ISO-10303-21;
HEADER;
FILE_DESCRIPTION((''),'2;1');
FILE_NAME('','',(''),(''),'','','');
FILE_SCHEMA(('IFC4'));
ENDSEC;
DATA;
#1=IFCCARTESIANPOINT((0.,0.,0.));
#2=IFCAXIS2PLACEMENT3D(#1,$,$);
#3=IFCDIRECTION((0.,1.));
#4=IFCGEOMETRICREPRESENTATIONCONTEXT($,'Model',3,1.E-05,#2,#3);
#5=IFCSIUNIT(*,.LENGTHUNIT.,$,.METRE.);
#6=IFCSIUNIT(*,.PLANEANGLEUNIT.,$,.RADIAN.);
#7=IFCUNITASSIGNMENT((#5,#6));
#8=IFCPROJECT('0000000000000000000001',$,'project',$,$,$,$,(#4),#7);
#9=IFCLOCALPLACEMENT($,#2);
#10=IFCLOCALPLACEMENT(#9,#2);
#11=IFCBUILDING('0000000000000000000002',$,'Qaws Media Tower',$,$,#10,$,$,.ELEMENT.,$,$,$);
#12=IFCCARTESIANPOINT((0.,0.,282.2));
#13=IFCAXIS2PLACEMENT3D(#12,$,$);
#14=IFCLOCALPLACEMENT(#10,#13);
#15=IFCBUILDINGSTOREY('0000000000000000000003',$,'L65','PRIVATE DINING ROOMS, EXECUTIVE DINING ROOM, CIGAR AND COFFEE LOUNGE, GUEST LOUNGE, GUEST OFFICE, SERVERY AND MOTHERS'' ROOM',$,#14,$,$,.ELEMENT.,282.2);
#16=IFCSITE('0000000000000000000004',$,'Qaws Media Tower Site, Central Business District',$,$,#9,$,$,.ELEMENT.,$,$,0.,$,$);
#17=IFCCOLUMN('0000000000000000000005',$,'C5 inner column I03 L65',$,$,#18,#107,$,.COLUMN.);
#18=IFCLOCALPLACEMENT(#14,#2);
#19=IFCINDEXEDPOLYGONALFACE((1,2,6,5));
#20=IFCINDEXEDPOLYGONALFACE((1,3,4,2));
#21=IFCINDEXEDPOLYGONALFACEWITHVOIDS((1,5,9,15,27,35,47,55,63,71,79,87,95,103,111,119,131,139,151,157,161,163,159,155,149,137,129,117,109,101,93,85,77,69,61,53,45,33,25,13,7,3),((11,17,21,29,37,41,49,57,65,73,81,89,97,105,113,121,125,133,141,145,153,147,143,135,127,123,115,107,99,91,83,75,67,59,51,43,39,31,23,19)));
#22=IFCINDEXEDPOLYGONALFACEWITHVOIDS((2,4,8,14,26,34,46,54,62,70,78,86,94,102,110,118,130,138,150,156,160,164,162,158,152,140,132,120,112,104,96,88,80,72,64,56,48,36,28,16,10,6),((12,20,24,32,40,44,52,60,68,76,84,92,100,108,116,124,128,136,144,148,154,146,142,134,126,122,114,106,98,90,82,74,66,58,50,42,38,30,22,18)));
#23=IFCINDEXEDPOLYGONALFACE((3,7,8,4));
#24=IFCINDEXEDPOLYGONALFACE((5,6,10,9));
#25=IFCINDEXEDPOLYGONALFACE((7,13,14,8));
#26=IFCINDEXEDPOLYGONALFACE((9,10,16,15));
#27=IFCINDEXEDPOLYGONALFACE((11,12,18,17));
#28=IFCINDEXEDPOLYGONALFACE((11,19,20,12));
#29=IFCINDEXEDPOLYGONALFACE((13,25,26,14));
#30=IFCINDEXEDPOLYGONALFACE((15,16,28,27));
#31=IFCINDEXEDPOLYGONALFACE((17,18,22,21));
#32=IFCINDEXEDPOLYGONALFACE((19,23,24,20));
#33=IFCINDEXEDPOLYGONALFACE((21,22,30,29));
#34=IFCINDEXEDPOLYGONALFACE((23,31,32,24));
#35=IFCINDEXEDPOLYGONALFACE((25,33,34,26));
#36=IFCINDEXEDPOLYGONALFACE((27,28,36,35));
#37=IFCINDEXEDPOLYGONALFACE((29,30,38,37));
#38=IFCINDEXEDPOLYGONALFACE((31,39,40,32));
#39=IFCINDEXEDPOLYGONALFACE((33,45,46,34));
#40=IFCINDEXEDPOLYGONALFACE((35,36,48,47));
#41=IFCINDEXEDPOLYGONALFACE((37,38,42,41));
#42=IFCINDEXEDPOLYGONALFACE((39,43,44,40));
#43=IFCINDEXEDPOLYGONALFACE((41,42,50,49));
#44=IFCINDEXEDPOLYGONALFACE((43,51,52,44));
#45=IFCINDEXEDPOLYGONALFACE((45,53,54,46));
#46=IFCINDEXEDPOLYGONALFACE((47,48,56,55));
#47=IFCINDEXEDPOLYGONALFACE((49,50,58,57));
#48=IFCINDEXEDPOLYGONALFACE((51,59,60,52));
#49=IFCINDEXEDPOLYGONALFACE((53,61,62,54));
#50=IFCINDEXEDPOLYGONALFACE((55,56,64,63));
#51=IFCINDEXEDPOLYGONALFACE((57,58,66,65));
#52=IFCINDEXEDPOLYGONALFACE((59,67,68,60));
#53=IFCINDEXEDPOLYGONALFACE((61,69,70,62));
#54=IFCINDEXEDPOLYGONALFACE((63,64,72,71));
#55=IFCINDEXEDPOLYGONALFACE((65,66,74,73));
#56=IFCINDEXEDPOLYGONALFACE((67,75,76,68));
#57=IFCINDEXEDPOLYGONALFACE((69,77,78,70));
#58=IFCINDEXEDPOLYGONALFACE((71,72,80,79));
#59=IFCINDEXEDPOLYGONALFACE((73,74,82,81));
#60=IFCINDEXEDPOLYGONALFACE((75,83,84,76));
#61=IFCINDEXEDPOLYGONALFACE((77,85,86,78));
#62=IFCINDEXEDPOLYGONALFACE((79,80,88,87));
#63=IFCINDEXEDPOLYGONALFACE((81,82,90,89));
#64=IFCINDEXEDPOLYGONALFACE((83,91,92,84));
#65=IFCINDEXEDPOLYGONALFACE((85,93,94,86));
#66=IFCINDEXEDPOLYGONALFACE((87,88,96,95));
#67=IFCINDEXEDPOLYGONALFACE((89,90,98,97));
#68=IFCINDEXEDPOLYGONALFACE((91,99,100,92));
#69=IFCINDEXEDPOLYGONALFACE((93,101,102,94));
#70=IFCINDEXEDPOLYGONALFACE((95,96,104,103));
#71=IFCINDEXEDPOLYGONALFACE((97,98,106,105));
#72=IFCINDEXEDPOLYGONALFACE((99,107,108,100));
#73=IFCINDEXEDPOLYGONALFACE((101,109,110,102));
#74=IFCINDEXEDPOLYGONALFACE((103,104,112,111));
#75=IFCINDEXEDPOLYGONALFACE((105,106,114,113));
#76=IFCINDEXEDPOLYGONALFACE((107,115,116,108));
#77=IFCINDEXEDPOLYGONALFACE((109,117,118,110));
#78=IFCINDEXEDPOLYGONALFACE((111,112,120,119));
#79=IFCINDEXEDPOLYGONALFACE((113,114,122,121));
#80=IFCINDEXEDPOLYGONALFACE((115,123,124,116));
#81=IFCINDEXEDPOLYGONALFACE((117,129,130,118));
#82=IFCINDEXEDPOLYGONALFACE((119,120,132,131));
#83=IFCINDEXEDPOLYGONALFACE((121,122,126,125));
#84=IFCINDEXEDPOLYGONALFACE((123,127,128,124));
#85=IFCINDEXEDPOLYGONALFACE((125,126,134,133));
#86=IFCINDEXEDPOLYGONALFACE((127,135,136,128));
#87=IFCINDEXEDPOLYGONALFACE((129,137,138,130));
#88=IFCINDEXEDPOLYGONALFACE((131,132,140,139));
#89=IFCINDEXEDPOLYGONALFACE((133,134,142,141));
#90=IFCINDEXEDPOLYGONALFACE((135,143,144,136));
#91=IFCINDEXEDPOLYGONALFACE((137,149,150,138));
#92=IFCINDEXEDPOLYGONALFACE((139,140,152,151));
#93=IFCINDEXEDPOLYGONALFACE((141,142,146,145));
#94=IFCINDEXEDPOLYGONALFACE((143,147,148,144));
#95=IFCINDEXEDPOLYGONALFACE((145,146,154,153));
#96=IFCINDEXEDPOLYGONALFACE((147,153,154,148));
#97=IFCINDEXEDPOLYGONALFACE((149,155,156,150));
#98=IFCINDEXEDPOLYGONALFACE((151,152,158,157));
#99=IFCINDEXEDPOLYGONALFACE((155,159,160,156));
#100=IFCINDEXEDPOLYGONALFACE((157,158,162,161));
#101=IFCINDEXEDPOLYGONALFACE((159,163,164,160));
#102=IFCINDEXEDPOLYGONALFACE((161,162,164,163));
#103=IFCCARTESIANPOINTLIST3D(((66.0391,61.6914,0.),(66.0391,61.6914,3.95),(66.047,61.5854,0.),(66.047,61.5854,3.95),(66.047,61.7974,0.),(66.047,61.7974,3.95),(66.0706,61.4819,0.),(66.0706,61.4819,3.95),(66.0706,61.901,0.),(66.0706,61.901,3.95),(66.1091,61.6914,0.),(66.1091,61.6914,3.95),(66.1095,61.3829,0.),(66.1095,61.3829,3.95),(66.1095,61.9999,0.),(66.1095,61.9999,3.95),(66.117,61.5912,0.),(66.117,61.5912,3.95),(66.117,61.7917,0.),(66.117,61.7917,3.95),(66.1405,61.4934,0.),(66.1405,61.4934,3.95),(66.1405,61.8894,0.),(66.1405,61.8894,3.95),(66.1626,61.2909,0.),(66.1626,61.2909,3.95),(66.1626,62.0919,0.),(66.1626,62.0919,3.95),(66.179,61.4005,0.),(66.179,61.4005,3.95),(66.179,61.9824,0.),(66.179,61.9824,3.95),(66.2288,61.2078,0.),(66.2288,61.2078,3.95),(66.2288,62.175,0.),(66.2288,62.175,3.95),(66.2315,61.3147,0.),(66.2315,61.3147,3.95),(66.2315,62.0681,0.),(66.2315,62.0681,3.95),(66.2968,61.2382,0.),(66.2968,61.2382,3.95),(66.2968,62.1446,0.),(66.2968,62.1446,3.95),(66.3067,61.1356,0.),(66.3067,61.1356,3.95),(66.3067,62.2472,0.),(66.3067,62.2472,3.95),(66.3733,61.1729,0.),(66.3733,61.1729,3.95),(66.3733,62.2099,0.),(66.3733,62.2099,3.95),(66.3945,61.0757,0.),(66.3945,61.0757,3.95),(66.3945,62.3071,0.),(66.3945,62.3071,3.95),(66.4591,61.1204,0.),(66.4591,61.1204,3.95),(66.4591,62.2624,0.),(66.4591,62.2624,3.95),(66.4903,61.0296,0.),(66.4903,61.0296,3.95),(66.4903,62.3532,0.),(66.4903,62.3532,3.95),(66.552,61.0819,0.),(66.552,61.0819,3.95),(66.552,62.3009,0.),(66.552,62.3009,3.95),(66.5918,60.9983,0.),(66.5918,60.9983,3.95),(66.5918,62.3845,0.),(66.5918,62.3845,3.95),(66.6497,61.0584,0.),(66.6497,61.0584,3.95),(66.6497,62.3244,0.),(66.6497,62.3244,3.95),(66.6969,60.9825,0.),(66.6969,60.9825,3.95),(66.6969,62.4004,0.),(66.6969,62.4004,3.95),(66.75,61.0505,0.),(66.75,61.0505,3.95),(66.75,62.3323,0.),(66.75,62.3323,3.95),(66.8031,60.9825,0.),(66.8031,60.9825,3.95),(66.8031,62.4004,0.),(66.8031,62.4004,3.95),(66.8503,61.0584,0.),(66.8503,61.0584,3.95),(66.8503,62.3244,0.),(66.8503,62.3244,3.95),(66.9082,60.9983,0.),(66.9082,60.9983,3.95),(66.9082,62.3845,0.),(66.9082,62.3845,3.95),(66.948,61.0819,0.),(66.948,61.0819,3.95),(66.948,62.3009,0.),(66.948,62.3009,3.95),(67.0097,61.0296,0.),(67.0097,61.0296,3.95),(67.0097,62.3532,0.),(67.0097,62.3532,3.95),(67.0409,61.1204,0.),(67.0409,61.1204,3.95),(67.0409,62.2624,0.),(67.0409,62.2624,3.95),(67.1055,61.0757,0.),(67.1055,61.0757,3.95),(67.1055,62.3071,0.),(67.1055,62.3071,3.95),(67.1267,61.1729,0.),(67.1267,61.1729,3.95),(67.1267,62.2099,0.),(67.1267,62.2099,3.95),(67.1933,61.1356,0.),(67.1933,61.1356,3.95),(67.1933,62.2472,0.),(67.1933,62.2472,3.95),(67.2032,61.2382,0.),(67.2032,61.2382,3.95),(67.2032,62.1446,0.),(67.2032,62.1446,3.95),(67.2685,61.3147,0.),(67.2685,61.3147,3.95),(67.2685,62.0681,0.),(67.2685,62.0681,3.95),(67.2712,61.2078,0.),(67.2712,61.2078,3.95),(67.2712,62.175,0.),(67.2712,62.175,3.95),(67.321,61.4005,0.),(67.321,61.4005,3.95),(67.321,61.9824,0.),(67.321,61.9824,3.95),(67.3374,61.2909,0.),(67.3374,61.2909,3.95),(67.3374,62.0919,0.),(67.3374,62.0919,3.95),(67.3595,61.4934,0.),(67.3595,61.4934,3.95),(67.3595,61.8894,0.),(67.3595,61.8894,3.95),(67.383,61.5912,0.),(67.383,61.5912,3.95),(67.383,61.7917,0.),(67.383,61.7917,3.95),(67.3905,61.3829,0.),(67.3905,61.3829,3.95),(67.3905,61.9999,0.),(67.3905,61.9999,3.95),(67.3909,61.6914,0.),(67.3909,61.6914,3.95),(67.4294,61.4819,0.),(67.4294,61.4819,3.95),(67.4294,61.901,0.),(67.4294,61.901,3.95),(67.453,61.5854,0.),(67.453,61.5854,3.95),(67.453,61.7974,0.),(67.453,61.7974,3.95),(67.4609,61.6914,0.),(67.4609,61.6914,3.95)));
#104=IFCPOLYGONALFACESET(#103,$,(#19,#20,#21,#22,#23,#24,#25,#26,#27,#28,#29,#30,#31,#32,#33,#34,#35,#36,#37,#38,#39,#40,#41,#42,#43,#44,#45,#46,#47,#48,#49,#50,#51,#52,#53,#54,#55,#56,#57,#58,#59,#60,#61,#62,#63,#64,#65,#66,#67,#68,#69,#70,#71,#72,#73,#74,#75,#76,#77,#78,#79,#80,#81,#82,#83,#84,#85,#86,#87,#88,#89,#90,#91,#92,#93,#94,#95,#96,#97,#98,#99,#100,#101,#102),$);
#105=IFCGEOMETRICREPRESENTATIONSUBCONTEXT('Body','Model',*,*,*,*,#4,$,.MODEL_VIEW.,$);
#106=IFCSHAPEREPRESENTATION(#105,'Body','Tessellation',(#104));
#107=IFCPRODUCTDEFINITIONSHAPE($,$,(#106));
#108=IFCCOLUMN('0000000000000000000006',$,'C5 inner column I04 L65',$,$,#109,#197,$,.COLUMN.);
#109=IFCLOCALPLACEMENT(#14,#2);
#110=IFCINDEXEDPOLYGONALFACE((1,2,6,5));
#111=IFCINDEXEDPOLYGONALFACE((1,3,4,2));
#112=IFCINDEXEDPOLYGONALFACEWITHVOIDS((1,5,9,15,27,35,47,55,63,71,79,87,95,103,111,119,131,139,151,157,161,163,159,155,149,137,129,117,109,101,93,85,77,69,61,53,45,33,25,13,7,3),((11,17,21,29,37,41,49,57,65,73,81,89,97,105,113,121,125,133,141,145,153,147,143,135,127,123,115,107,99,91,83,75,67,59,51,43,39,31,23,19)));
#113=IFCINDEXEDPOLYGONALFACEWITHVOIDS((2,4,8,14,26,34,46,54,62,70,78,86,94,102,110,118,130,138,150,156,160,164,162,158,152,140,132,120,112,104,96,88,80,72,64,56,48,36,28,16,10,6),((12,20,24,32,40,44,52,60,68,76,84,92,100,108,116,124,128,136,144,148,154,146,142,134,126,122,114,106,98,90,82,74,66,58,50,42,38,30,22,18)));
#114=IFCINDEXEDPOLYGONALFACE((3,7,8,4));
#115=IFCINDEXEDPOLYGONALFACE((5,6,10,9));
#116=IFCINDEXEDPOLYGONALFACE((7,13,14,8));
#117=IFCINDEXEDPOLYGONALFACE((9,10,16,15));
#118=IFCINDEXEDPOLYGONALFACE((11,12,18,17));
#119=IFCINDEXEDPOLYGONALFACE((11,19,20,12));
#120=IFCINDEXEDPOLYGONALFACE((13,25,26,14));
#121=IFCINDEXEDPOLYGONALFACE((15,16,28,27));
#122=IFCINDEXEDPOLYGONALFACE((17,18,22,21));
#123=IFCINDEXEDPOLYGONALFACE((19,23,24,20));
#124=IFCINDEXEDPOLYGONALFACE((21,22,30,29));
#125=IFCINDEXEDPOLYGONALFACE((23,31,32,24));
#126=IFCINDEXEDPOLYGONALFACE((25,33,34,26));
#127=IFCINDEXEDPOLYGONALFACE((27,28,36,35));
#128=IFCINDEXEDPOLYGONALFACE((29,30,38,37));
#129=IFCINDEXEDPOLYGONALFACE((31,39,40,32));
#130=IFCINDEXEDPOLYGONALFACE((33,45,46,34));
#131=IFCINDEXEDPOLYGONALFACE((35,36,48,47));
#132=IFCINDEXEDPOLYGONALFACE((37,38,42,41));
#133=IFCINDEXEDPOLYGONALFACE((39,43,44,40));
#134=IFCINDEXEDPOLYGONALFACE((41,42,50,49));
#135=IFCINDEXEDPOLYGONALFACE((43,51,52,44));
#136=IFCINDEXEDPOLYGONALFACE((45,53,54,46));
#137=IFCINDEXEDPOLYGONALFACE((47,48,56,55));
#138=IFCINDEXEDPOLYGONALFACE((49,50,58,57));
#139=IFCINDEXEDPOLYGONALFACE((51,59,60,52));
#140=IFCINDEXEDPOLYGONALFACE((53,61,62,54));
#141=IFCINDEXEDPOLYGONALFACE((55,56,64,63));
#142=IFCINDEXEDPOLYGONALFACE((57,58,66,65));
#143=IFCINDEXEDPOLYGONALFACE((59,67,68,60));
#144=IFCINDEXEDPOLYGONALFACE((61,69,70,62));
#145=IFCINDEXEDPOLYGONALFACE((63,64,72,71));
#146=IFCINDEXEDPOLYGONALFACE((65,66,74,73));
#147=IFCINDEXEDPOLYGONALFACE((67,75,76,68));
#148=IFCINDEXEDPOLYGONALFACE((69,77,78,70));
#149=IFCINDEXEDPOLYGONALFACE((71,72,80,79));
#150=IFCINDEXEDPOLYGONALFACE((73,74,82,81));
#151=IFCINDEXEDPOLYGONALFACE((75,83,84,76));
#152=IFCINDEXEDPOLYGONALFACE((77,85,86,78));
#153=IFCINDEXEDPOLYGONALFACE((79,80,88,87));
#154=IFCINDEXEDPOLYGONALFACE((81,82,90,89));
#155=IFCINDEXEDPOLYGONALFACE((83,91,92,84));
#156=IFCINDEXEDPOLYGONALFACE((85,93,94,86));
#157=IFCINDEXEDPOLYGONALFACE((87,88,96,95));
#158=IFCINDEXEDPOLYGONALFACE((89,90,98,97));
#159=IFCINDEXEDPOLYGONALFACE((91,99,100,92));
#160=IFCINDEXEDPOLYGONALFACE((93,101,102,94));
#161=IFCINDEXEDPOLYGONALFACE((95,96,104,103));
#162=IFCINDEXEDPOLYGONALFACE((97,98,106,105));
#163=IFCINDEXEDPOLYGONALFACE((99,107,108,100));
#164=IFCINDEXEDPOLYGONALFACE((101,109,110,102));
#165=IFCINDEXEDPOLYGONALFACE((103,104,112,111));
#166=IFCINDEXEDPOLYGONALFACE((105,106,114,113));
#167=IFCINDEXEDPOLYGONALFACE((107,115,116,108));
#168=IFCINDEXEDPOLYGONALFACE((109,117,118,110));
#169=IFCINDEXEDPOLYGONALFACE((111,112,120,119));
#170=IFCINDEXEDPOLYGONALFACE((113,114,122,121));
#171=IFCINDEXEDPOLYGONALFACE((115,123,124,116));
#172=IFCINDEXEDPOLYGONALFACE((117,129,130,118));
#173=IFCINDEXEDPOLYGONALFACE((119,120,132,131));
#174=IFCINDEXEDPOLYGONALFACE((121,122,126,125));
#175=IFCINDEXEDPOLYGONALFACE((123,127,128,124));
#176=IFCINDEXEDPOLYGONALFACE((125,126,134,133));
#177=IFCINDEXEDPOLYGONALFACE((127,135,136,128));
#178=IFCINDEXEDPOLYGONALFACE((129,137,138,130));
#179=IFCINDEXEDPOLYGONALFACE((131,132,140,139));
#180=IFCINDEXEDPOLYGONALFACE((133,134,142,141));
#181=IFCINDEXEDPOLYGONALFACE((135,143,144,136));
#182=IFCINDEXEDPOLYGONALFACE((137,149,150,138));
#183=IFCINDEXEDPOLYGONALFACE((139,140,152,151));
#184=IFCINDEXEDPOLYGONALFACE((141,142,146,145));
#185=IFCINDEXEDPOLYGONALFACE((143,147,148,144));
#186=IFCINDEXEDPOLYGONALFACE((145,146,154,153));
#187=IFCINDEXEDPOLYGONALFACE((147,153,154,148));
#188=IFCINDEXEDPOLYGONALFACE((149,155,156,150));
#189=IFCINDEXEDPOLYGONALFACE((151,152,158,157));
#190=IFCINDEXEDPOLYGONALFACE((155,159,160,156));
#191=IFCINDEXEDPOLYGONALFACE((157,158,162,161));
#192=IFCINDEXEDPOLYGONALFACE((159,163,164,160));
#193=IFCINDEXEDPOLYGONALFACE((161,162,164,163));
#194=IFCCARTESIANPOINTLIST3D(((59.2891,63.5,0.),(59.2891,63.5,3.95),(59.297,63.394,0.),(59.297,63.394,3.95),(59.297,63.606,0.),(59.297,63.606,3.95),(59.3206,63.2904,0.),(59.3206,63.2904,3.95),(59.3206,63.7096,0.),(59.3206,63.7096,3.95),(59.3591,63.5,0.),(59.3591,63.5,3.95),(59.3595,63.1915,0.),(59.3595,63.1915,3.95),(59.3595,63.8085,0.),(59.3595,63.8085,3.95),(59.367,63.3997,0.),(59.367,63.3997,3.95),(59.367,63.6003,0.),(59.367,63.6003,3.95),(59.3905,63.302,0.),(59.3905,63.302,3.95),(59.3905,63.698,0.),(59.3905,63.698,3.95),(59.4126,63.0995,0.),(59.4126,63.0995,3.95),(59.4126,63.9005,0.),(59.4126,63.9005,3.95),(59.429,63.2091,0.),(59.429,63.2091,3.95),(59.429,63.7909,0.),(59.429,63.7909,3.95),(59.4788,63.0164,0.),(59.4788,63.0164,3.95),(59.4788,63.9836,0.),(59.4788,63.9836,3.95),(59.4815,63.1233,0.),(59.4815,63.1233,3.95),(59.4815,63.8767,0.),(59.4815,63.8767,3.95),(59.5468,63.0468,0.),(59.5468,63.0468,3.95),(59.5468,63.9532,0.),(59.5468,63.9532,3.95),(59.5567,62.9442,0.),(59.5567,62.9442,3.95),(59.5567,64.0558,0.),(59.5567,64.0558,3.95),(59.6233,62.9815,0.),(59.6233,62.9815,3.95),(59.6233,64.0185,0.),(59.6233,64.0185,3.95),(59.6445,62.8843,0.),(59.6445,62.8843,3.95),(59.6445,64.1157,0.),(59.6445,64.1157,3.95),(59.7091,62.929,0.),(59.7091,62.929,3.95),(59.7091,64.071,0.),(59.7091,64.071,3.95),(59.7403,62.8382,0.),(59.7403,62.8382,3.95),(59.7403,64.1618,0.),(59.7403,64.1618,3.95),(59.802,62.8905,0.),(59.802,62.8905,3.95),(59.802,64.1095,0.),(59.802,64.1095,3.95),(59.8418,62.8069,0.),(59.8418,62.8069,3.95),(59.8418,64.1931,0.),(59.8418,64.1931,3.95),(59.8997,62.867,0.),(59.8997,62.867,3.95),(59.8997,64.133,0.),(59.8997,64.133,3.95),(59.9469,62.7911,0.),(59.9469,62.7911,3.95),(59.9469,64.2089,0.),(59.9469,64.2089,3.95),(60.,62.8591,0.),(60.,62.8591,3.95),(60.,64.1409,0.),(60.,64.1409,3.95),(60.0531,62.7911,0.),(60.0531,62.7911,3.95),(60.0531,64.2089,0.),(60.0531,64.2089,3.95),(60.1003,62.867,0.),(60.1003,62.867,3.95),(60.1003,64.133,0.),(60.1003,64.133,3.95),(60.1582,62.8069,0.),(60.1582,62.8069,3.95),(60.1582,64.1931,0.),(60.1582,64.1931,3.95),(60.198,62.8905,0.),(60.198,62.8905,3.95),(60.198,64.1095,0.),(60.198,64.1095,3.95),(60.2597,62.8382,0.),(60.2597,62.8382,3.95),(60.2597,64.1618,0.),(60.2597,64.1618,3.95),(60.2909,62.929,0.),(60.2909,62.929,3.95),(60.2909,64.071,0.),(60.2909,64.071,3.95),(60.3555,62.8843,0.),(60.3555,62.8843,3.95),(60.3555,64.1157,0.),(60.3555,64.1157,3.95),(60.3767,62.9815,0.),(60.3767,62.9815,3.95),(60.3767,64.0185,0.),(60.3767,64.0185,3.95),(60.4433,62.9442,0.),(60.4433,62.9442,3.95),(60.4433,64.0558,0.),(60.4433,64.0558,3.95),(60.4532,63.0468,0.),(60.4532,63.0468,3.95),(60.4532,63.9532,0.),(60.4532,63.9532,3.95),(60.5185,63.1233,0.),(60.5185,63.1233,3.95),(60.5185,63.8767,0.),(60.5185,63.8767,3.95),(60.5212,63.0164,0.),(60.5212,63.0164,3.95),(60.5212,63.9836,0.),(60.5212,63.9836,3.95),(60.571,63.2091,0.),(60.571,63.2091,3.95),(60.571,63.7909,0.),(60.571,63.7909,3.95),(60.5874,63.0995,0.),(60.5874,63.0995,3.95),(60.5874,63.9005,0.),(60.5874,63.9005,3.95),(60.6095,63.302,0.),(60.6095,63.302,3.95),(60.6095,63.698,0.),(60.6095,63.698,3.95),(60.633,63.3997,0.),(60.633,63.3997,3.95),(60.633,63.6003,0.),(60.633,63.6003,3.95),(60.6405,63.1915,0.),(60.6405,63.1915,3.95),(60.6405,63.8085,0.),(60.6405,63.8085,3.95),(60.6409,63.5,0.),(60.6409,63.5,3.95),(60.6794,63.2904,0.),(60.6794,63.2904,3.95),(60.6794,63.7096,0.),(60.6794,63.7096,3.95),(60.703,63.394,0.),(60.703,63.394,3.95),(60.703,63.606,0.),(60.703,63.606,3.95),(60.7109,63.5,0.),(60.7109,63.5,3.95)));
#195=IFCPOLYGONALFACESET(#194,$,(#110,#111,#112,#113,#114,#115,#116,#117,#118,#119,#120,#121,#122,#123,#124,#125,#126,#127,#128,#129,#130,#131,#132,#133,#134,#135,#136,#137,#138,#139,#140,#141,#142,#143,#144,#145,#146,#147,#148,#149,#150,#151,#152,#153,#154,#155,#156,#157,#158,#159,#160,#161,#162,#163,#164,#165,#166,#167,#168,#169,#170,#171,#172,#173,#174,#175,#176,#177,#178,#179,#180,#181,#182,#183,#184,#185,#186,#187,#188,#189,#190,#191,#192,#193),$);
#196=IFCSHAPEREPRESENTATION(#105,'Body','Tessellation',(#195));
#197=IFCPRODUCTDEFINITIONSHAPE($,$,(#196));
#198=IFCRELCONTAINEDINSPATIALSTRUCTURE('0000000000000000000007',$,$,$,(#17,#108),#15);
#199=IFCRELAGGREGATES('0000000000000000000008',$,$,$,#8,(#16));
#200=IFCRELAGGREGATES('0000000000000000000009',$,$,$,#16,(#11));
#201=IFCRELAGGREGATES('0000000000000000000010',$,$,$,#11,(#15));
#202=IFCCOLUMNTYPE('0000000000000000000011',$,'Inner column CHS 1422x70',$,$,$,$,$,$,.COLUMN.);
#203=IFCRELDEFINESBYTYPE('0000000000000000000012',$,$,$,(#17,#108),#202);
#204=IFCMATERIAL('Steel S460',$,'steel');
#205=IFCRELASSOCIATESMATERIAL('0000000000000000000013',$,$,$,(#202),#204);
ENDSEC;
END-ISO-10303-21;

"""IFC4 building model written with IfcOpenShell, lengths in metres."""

from ifc_helpers import new_model, si_unit, direction, frame, origin, origin_2d, place, context, subcontext, project, spatial, hollow_circle, extrude, material, material_profile, profile_set, type_object, element, save


model = new_model("IFC4")

# Units and contexts
model_context = context("Model", 3, precision=1e-05, world=origin(), true_north=direction((0.0, 1.0)))
body_context = subcontext(model_context, "Body", "Model", "MODEL_VIEW")
ifc_project = project(units=[si_unit("LENGTHUNIT", "METRE"), si_unit("PLANEANGLEUNIT", "RADIAN")], contexts=[model_context])

# Site, building, storey
site_placement = place(None, origin())
site = spatial("IfcSite", under=ifc_project, at=site_placement, Name="Qaws Media Tower Site, Central Business District", CompositionType="ELEMENT", RefElevation=0.0)
building_placement = place(site_placement, origin())
building = spatial("IfcBuilding", under=site, at=building_placement, Name="Qaws Media Tower", CompositionType="ELEMENT")
storey_placement = place(building_placement, frame((0.0, 0.0, 282.2)))
storey = spatial("IfcBuildingStorey", under=building, at=storey_placement, Name="L65", Description="PRIVATE DINING ROOMS, EXECUTIVE DINING ROOM, CIGAR AND COFFEE LOUNGE, GUEST LOUNGE, GUEST OFFICE, SERVERY AND MOTHERS' ROOM", CompositionType="ELEMENT", Elevation=282.2)

# Columns
ifc_material_1 = material(Name="Steel S460", Category="steel")
ifc_material_profile_1 = material_profile(ifc_material_1, hollow_circle(Radius=0.7109, WallThickness=0.0701, at=origin_2d()), Name="CHS 1422x70")
ifc_profile_set_1 = profile_set([ifc_material_profile_1], Name="Steel S460")
column_type = type_object("IfcColumnType", Name="Inner column CHS 1422x70", PredefinedType="COLUMN", material=ifc_profile_set_1)
for number, where, z_axis, x_axis, name in (
    (1, (66.75, 61.6914, 0.0), (0.0, 0.0, 1.0), (1.0, 0.0, 0.0), "C5 inner column I03 L65"),
    (2, (60.0, 63.5, 0.0), (0.0, 0.0, 1.0), (1.0, 0.0, 0.0), "C5 inner column I04 L65"),
):
    element("IfcColumn", number, at=place(storey_placement, frame(where, z_axis=z_axis, x_axis=x_axis)), inside=storey, type_object=column_type, Name=name, PredefinedType="COLUMN", context=body_context, shape_type="SweptSolid", body=[
        extrude(hollow_circle(Radius=0.7109, WallThickness=0.0701, at=origin_2d()), origin(), (0.0, 0.0, 1.0), 3.95),
    ])

save(model, "model.ifc")
